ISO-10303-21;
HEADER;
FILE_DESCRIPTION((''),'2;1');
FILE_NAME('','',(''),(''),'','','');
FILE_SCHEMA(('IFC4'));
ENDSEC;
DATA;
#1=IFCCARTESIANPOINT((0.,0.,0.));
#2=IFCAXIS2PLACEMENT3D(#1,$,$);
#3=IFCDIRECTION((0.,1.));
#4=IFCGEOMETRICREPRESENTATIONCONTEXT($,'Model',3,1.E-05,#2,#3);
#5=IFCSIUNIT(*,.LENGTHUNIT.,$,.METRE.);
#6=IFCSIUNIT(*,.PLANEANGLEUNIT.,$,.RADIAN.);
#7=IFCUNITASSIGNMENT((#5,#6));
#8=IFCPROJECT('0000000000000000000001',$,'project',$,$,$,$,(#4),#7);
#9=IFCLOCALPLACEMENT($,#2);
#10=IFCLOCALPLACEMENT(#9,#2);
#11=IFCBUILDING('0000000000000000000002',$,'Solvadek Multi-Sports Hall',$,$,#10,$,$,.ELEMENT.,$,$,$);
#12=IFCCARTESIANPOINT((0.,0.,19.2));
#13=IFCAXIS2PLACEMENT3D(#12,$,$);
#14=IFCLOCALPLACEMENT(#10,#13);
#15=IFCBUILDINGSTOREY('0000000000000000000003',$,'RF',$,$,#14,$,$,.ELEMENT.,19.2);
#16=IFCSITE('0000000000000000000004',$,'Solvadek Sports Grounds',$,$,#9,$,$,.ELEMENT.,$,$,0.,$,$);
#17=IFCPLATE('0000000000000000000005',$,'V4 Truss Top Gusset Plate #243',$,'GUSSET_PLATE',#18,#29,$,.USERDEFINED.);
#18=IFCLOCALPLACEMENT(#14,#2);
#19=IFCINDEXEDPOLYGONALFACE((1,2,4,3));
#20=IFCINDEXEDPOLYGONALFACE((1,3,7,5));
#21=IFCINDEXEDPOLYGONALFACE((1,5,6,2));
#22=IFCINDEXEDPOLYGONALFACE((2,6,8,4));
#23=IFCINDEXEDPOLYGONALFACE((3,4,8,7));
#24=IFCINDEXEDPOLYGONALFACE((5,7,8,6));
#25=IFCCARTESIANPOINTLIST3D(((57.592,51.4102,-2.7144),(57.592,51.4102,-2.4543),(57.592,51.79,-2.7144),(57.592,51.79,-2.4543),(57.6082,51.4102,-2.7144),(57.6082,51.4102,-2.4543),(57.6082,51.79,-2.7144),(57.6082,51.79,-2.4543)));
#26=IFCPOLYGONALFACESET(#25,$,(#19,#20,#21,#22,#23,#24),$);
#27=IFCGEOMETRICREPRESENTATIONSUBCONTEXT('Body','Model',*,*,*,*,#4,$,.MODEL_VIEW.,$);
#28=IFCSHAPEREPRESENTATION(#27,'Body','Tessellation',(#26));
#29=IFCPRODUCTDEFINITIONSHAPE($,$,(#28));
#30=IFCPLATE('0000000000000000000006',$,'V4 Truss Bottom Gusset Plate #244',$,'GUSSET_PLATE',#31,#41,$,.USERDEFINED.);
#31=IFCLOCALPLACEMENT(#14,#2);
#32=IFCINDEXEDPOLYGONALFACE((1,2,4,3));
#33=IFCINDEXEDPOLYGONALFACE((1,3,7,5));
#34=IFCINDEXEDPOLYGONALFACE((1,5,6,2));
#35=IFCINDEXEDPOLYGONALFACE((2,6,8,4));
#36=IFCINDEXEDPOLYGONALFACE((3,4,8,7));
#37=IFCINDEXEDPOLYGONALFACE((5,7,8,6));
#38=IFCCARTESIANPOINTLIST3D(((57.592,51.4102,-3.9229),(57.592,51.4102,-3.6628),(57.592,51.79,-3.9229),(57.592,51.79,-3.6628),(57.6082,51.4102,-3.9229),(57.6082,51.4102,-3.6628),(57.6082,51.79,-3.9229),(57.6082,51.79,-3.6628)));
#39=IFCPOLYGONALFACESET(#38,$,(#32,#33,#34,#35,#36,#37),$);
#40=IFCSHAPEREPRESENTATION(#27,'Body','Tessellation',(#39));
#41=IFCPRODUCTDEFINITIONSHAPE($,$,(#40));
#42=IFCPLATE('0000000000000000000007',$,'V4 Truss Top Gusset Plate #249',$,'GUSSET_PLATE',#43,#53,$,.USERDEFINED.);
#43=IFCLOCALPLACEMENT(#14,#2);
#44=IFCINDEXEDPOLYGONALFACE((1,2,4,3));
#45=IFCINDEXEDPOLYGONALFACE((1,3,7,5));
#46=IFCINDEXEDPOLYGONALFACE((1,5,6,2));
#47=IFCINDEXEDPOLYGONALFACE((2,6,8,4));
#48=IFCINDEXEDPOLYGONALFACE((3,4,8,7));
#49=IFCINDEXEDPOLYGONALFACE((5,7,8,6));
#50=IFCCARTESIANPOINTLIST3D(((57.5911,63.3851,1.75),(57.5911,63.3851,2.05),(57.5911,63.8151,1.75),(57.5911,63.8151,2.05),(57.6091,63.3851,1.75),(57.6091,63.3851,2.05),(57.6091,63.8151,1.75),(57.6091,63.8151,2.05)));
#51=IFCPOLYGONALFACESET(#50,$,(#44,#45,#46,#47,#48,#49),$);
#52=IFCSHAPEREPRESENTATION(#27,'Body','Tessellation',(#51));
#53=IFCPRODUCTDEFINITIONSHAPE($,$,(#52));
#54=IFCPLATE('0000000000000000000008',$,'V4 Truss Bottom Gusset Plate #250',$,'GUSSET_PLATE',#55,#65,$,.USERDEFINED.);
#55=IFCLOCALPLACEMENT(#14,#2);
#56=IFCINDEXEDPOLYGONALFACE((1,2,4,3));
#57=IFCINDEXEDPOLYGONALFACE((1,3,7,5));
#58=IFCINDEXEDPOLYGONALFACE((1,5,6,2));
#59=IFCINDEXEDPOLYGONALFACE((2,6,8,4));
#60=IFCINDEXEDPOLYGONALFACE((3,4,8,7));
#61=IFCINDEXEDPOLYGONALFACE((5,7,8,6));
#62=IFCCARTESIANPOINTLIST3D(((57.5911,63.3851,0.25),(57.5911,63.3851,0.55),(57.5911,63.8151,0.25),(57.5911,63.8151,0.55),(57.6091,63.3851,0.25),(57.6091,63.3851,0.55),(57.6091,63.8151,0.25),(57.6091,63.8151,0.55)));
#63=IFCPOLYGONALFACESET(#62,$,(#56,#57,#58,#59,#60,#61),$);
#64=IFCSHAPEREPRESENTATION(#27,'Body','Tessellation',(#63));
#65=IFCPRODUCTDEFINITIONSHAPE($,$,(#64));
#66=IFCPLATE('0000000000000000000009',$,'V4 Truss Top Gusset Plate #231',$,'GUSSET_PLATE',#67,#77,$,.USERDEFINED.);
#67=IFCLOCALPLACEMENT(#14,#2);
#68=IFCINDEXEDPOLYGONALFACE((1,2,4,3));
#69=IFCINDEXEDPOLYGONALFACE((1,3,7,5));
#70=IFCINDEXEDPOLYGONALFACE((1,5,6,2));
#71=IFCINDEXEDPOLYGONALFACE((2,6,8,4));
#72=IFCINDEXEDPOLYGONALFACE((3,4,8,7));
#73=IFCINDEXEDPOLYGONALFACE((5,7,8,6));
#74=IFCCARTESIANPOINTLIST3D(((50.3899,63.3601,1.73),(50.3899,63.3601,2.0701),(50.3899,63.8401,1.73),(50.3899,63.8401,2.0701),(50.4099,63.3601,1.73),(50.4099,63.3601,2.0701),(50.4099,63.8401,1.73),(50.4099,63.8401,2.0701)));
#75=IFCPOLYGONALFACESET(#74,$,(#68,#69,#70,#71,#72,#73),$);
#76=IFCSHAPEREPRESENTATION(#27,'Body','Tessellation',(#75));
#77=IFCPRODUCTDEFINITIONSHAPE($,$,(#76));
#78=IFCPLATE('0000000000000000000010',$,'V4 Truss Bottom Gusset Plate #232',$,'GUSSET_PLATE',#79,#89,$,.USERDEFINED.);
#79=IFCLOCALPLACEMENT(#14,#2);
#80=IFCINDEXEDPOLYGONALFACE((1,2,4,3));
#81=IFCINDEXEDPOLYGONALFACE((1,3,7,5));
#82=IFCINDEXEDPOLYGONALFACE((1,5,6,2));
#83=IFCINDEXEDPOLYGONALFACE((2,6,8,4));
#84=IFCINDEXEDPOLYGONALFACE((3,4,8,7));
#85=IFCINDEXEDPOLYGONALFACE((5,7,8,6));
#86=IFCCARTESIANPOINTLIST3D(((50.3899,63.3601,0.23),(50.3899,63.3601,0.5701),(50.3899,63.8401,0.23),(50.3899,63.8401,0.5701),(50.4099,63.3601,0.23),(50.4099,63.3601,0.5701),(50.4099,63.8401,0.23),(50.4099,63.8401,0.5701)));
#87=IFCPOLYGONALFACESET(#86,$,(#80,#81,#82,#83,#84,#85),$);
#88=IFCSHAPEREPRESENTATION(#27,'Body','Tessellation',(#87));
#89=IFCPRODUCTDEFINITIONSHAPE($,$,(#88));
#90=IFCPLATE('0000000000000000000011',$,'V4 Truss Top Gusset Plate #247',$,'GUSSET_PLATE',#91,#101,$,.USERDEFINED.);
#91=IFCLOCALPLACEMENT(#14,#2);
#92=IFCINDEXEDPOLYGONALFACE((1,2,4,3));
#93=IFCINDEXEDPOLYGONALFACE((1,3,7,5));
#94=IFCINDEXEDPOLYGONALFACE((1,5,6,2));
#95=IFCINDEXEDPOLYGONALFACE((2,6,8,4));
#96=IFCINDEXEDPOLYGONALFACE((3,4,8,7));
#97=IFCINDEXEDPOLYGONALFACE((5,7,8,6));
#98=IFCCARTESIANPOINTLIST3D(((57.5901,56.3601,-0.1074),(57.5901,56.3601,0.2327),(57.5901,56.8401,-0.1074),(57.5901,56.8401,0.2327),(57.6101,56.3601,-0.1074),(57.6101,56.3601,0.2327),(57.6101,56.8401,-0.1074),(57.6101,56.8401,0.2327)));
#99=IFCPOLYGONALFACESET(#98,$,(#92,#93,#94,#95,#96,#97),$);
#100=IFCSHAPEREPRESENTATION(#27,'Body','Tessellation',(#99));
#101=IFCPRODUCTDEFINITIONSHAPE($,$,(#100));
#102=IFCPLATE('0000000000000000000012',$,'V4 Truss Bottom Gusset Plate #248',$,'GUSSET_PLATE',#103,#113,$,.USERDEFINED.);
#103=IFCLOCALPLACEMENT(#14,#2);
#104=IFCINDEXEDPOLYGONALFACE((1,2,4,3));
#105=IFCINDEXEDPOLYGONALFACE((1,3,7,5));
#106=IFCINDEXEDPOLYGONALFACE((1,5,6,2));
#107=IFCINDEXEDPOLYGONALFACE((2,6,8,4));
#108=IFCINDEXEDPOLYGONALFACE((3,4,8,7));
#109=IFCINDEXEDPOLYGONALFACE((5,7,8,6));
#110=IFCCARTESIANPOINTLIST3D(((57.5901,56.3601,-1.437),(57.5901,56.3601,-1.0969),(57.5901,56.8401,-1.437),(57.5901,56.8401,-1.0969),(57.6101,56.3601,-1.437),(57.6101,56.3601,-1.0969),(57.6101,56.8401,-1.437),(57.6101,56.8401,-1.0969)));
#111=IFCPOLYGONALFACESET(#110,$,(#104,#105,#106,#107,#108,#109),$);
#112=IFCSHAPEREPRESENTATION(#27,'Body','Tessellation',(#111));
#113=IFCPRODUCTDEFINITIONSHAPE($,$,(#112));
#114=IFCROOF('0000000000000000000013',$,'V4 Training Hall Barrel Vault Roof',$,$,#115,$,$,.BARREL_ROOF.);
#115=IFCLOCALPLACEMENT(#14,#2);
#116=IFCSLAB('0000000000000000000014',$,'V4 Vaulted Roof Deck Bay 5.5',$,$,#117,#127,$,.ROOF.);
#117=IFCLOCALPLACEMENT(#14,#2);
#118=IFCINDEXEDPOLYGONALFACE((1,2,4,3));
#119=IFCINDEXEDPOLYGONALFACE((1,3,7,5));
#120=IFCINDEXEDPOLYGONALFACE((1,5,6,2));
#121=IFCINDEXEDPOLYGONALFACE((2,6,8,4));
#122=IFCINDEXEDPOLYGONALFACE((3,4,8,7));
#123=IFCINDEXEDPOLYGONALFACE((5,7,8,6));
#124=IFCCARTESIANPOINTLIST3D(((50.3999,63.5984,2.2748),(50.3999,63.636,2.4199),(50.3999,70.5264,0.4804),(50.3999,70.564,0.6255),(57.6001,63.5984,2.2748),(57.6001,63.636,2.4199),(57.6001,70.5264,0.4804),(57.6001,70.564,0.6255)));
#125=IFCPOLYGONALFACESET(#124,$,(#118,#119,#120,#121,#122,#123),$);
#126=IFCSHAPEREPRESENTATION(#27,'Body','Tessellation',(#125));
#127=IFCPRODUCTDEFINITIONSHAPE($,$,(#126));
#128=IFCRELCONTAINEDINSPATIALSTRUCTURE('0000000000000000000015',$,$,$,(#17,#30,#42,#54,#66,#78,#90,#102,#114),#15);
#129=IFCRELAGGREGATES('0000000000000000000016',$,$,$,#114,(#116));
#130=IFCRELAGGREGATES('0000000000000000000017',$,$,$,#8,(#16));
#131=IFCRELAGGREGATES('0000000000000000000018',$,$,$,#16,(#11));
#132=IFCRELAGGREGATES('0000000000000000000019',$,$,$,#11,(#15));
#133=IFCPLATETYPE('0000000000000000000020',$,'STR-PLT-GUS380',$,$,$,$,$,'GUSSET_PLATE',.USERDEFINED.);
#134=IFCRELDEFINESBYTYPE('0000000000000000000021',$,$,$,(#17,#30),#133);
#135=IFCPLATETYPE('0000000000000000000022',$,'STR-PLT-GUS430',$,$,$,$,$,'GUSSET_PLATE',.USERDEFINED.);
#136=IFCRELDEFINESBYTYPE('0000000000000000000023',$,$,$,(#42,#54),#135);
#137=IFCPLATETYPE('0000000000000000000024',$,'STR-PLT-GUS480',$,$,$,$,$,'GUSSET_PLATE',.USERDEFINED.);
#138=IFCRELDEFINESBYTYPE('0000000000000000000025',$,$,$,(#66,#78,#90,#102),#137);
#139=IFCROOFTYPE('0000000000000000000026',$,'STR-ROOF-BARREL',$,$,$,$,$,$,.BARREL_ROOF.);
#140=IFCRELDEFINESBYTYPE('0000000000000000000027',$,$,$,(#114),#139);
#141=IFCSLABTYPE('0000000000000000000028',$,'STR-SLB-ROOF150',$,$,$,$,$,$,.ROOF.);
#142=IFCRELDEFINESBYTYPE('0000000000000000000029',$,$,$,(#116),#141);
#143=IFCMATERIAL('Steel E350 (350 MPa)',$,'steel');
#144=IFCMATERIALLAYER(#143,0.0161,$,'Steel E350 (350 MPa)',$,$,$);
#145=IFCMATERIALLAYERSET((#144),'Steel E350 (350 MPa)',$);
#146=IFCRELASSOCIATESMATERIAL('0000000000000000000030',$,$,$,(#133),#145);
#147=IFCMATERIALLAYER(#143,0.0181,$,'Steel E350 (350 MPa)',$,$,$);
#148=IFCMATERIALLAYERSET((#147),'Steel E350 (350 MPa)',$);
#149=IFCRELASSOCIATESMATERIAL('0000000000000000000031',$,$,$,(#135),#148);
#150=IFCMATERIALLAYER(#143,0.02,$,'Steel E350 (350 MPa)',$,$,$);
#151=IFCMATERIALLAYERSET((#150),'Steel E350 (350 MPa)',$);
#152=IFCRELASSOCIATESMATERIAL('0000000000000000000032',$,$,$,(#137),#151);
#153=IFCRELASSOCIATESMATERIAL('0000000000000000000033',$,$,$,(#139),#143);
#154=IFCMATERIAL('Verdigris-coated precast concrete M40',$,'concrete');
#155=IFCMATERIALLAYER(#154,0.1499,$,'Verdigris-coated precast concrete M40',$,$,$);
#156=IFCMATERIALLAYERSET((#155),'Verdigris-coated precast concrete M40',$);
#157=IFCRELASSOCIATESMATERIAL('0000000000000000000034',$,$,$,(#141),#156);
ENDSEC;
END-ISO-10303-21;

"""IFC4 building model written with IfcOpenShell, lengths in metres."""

from ifc_helpers import new_model, si_unit, direction, frame, origin, origin_2d, place, context, subcontext, project, spatial, polyline, rectangle, outline, extrude, material, layer, layer_set, type_object, element, aggregate, save


model = new_model("IFC4")

# Units and contexts
model_context = context("Model", 3, precision=1e-05, world=origin(), true_north=direction((0.0, 1.0)))
body_context = subcontext(model_context, "Body", "Model", "MODEL_VIEW")
ifc_project = project(units=[si_unit("LENGTHUNIT", "METRE"), si_unit("PLANEANGLEUNIT", "RADIAN")], contexts=[model_context])

# Site, building, storey
site_placement = place(None, origin())
site = spatial("IfcSite", under=ifc_project, at=site_placement, Name="Solvadek Sports Grounds", CompositionType="ELEMENT", RefElevation=0.0)
building_placement = place(site_placement, origin())
building = spatial("IfcBuilding", under=site, at=building_placement, Name="Solvadek Multi-Sports Hall", CompositionType="ELEMENT")
storey_placement = place(building_placement, frame((0.0, 0.0, 19.2)))
storey = spatial("IfcBuildingStorey", under=building, at=storey_placement, Name="RF", CompositionType="ELEMENT", Elevation=19.2)

# Shared definitions
ifc_material_1 = material(Name="Steel E350 (350 MPa)", Category="steel")

# Plates
ifc_layer_1 = layer(ifc_material_1, 0.0161, Name="Steel E350 (350 MPa)")
ifc_layer_set_1 = layer_set([ifc_layer_1], Name="Steel E350 (350 MPa)")
plate_type_1 = type_object("IfcPlateType", Name="STR-PLT-GUS380", ElementType="GUSSET_PLATE", PredefinedType="USERDEFINED", material=ifc_layer_set_1)
for number, where, z_axis, x_axis, name in (
    (1, (57.6001, 51.6001, -2.7144), (0.0, 0.0, 1.0), (0.0, 1.0, 0.0), "V4 Truss Top Gusset Plate #243"),
    (2, (57.6001, 51.6001, -3.9229), (0.0, 0.0, 1.0), (0.0, 1.0, 0.0), "V4 Truss Bottom Gusset Plate #244"),
):
    element("IfcPlate", number, at=place(storey_placement, frame(where, z_axis=z_axis, x_axis=x_axis)), inside=storey, type_object=plate_type_1, Name=name, ObjectType="GUSSET_PLATE", PredefinedType="USERDEFINED", context=body_context, shape_type="SweptSolid", body=[
        extrude(rectangle(XDim=0.3799, YDim=0.0161, at=origin_2d()), origin(), (0.0, 0.0, 1.0), 0.26),
    ])
ifc_layer_2 = layer(ifc_material_1, 0.0181, Name="Steel E350 (350 MPa)")
ifc_layer_set_2 = layer_set([ifc_layer_2], Name="Steel E350 (350 MPa)")
plate_type_2 = type_object("IfcPlateType", Name="STR-PLT-GUS430", ElementType="GUSSET_PLATE", PredefinedType="USERDEFINED", material=ifc_layer_set_2)
for number, where, z_axis, x_axis, name in (
    (3, (57.6001, 63.6001, 1.75), (0.0, 0.0, 1.0), (0.0, 1.0, 0.0), "V4 Truss Top Gusset Plate #249"),
    (4, (57.6001, 63.6001, 0.25), (0.0, 0.0, 1.0), (0.0, 1.0, 0.0), "V4 Truss Bottom Gusset Plate #250"),
):
    element("IfcPlate", number, at=place(storey_placement, frame(where, z_axis=z_axis, x_axis=x_axis)), inside=storey, type_object=plate_type_2, Name=name, ObjectType="GUSSET_PLATE", PredefinedType="USERDEFINED", context=body_context, shape_type="SweptSolid", body=[
        extrude(rectangle(XDim=0.4299, YDim=0.0181, at=origin_2d()), origin(), (0.0, 0.0, 1.0), 0.3),
    ])
ifc_layer_3 = layer(ifc_material_1, 0.02, Name="Steel E350 (350 MPa)")
ifc_layer_set_3 = layer_set([ifc_layer_3], Name="Steel E350 (350 MPa)")
plate_type_3 = type_object("IfcPlateType", Name="STR-PLT-GUS480", ElementType="GUSSET_PLATE", PredefinedType="USERDEFINED", material=ifc_layer_set_3)
for number, where, z_axis, x_axis, name in (
    (5, (50.3999, 63.6001, 1.73), (0.0, 0.0, 1.0), (0.0, 1.0, 0.0), "V4 Truss Top Gusset Plate #231"),
    (6, (50.3999, 63.6001, 0.23), (0.0, 0.0, 1.0), (0.0, 1.0, 0.0), "V4 Truss Bottom Gusset Plate #232"),
    (7, (57.6001, 56.6001, -0.1074), (0.0, 0.0, 1.0), (0.0, 1.0, 0.0), "V4 Truss Top Gusset Plate #247"),
    (8, (57.6001, 56.6001, -1.437), (0.0, 0.0, 1.0), (0.0, 1.0, 0.0), "V4 Truss Bottom Gusset Plate #248"),
):
    element("IfcPlate", number, at=place(storey_placement, frame(where, z_axis=z_axis, x_axis=x_axis)), inside=storey, type_object=plate_type_3, Name=name, ObjectType="GUSSET_PLATE", PredefinedType="USERDEFINED", context=body_context, shape_type="SweptSolid", body=[
        extrude(rectangle(XDim=0.48, YDim=0.02, at=origin_2d()), origin(), (0.0, 0.0, 1.0), 0.3401),
    ])

# Roof, slab
roof_type = type_object("IfcRoofType", Name="STR-ROOF-BARREL", PredefinedType="BARREL_ROOF", material=ifc_material_1)
roof_placement = place(storey_placement, origin())
roof = element("IfcRoof", 9, at=roof_placement, inside=storey, type_object=roof_type, Name="V4 Training Hall Barrel Vault Roof", PredefinedType="BARREL_ROOF")
ifc_material_2 = material(Name="Verdigris-coated precast concrete M40", Category="concrete")
ifc_layer_4 = layer(ifc_material_2, 0.1499, Name="Verdigris-coated precast concrete M40")
ifc_layer_set_4 = layer_set([ifc_layer_4], Name="Verdigris-coated precast concrete M40")
slab_type = type_object("IfcSlabType", Name="STR-SLB-ROOF150", PredefinedType="ROOF", material=ifc_layer_set_4)
slab_placement = place(storey_placement, frame((50.3999, 63.636, 2.4199), z_axis=(0.0, 0.250738, 0.968055), x_axis=(1.0, 0.0, 0.0)))
slab = element("IfcSlab", 10, at=slab_placement, type_object=slab_type, Name="V4 Vaulted Roof Deck Bay 5.5", PredefinedType="ROOF", context=body_context, shape_type="SweptSolid", body=[
    extrude(outline(polyline([(0.0, 0.0), (7.2002, 0.0), (7.2002, 7.1566), (0.0, 7.1566), (0.0, 0.0)])), origin(), (0.0, 0.0, -1.0), 0.1499),
])
aggregate(roof, [slab])

save(model, "model.ifc")
